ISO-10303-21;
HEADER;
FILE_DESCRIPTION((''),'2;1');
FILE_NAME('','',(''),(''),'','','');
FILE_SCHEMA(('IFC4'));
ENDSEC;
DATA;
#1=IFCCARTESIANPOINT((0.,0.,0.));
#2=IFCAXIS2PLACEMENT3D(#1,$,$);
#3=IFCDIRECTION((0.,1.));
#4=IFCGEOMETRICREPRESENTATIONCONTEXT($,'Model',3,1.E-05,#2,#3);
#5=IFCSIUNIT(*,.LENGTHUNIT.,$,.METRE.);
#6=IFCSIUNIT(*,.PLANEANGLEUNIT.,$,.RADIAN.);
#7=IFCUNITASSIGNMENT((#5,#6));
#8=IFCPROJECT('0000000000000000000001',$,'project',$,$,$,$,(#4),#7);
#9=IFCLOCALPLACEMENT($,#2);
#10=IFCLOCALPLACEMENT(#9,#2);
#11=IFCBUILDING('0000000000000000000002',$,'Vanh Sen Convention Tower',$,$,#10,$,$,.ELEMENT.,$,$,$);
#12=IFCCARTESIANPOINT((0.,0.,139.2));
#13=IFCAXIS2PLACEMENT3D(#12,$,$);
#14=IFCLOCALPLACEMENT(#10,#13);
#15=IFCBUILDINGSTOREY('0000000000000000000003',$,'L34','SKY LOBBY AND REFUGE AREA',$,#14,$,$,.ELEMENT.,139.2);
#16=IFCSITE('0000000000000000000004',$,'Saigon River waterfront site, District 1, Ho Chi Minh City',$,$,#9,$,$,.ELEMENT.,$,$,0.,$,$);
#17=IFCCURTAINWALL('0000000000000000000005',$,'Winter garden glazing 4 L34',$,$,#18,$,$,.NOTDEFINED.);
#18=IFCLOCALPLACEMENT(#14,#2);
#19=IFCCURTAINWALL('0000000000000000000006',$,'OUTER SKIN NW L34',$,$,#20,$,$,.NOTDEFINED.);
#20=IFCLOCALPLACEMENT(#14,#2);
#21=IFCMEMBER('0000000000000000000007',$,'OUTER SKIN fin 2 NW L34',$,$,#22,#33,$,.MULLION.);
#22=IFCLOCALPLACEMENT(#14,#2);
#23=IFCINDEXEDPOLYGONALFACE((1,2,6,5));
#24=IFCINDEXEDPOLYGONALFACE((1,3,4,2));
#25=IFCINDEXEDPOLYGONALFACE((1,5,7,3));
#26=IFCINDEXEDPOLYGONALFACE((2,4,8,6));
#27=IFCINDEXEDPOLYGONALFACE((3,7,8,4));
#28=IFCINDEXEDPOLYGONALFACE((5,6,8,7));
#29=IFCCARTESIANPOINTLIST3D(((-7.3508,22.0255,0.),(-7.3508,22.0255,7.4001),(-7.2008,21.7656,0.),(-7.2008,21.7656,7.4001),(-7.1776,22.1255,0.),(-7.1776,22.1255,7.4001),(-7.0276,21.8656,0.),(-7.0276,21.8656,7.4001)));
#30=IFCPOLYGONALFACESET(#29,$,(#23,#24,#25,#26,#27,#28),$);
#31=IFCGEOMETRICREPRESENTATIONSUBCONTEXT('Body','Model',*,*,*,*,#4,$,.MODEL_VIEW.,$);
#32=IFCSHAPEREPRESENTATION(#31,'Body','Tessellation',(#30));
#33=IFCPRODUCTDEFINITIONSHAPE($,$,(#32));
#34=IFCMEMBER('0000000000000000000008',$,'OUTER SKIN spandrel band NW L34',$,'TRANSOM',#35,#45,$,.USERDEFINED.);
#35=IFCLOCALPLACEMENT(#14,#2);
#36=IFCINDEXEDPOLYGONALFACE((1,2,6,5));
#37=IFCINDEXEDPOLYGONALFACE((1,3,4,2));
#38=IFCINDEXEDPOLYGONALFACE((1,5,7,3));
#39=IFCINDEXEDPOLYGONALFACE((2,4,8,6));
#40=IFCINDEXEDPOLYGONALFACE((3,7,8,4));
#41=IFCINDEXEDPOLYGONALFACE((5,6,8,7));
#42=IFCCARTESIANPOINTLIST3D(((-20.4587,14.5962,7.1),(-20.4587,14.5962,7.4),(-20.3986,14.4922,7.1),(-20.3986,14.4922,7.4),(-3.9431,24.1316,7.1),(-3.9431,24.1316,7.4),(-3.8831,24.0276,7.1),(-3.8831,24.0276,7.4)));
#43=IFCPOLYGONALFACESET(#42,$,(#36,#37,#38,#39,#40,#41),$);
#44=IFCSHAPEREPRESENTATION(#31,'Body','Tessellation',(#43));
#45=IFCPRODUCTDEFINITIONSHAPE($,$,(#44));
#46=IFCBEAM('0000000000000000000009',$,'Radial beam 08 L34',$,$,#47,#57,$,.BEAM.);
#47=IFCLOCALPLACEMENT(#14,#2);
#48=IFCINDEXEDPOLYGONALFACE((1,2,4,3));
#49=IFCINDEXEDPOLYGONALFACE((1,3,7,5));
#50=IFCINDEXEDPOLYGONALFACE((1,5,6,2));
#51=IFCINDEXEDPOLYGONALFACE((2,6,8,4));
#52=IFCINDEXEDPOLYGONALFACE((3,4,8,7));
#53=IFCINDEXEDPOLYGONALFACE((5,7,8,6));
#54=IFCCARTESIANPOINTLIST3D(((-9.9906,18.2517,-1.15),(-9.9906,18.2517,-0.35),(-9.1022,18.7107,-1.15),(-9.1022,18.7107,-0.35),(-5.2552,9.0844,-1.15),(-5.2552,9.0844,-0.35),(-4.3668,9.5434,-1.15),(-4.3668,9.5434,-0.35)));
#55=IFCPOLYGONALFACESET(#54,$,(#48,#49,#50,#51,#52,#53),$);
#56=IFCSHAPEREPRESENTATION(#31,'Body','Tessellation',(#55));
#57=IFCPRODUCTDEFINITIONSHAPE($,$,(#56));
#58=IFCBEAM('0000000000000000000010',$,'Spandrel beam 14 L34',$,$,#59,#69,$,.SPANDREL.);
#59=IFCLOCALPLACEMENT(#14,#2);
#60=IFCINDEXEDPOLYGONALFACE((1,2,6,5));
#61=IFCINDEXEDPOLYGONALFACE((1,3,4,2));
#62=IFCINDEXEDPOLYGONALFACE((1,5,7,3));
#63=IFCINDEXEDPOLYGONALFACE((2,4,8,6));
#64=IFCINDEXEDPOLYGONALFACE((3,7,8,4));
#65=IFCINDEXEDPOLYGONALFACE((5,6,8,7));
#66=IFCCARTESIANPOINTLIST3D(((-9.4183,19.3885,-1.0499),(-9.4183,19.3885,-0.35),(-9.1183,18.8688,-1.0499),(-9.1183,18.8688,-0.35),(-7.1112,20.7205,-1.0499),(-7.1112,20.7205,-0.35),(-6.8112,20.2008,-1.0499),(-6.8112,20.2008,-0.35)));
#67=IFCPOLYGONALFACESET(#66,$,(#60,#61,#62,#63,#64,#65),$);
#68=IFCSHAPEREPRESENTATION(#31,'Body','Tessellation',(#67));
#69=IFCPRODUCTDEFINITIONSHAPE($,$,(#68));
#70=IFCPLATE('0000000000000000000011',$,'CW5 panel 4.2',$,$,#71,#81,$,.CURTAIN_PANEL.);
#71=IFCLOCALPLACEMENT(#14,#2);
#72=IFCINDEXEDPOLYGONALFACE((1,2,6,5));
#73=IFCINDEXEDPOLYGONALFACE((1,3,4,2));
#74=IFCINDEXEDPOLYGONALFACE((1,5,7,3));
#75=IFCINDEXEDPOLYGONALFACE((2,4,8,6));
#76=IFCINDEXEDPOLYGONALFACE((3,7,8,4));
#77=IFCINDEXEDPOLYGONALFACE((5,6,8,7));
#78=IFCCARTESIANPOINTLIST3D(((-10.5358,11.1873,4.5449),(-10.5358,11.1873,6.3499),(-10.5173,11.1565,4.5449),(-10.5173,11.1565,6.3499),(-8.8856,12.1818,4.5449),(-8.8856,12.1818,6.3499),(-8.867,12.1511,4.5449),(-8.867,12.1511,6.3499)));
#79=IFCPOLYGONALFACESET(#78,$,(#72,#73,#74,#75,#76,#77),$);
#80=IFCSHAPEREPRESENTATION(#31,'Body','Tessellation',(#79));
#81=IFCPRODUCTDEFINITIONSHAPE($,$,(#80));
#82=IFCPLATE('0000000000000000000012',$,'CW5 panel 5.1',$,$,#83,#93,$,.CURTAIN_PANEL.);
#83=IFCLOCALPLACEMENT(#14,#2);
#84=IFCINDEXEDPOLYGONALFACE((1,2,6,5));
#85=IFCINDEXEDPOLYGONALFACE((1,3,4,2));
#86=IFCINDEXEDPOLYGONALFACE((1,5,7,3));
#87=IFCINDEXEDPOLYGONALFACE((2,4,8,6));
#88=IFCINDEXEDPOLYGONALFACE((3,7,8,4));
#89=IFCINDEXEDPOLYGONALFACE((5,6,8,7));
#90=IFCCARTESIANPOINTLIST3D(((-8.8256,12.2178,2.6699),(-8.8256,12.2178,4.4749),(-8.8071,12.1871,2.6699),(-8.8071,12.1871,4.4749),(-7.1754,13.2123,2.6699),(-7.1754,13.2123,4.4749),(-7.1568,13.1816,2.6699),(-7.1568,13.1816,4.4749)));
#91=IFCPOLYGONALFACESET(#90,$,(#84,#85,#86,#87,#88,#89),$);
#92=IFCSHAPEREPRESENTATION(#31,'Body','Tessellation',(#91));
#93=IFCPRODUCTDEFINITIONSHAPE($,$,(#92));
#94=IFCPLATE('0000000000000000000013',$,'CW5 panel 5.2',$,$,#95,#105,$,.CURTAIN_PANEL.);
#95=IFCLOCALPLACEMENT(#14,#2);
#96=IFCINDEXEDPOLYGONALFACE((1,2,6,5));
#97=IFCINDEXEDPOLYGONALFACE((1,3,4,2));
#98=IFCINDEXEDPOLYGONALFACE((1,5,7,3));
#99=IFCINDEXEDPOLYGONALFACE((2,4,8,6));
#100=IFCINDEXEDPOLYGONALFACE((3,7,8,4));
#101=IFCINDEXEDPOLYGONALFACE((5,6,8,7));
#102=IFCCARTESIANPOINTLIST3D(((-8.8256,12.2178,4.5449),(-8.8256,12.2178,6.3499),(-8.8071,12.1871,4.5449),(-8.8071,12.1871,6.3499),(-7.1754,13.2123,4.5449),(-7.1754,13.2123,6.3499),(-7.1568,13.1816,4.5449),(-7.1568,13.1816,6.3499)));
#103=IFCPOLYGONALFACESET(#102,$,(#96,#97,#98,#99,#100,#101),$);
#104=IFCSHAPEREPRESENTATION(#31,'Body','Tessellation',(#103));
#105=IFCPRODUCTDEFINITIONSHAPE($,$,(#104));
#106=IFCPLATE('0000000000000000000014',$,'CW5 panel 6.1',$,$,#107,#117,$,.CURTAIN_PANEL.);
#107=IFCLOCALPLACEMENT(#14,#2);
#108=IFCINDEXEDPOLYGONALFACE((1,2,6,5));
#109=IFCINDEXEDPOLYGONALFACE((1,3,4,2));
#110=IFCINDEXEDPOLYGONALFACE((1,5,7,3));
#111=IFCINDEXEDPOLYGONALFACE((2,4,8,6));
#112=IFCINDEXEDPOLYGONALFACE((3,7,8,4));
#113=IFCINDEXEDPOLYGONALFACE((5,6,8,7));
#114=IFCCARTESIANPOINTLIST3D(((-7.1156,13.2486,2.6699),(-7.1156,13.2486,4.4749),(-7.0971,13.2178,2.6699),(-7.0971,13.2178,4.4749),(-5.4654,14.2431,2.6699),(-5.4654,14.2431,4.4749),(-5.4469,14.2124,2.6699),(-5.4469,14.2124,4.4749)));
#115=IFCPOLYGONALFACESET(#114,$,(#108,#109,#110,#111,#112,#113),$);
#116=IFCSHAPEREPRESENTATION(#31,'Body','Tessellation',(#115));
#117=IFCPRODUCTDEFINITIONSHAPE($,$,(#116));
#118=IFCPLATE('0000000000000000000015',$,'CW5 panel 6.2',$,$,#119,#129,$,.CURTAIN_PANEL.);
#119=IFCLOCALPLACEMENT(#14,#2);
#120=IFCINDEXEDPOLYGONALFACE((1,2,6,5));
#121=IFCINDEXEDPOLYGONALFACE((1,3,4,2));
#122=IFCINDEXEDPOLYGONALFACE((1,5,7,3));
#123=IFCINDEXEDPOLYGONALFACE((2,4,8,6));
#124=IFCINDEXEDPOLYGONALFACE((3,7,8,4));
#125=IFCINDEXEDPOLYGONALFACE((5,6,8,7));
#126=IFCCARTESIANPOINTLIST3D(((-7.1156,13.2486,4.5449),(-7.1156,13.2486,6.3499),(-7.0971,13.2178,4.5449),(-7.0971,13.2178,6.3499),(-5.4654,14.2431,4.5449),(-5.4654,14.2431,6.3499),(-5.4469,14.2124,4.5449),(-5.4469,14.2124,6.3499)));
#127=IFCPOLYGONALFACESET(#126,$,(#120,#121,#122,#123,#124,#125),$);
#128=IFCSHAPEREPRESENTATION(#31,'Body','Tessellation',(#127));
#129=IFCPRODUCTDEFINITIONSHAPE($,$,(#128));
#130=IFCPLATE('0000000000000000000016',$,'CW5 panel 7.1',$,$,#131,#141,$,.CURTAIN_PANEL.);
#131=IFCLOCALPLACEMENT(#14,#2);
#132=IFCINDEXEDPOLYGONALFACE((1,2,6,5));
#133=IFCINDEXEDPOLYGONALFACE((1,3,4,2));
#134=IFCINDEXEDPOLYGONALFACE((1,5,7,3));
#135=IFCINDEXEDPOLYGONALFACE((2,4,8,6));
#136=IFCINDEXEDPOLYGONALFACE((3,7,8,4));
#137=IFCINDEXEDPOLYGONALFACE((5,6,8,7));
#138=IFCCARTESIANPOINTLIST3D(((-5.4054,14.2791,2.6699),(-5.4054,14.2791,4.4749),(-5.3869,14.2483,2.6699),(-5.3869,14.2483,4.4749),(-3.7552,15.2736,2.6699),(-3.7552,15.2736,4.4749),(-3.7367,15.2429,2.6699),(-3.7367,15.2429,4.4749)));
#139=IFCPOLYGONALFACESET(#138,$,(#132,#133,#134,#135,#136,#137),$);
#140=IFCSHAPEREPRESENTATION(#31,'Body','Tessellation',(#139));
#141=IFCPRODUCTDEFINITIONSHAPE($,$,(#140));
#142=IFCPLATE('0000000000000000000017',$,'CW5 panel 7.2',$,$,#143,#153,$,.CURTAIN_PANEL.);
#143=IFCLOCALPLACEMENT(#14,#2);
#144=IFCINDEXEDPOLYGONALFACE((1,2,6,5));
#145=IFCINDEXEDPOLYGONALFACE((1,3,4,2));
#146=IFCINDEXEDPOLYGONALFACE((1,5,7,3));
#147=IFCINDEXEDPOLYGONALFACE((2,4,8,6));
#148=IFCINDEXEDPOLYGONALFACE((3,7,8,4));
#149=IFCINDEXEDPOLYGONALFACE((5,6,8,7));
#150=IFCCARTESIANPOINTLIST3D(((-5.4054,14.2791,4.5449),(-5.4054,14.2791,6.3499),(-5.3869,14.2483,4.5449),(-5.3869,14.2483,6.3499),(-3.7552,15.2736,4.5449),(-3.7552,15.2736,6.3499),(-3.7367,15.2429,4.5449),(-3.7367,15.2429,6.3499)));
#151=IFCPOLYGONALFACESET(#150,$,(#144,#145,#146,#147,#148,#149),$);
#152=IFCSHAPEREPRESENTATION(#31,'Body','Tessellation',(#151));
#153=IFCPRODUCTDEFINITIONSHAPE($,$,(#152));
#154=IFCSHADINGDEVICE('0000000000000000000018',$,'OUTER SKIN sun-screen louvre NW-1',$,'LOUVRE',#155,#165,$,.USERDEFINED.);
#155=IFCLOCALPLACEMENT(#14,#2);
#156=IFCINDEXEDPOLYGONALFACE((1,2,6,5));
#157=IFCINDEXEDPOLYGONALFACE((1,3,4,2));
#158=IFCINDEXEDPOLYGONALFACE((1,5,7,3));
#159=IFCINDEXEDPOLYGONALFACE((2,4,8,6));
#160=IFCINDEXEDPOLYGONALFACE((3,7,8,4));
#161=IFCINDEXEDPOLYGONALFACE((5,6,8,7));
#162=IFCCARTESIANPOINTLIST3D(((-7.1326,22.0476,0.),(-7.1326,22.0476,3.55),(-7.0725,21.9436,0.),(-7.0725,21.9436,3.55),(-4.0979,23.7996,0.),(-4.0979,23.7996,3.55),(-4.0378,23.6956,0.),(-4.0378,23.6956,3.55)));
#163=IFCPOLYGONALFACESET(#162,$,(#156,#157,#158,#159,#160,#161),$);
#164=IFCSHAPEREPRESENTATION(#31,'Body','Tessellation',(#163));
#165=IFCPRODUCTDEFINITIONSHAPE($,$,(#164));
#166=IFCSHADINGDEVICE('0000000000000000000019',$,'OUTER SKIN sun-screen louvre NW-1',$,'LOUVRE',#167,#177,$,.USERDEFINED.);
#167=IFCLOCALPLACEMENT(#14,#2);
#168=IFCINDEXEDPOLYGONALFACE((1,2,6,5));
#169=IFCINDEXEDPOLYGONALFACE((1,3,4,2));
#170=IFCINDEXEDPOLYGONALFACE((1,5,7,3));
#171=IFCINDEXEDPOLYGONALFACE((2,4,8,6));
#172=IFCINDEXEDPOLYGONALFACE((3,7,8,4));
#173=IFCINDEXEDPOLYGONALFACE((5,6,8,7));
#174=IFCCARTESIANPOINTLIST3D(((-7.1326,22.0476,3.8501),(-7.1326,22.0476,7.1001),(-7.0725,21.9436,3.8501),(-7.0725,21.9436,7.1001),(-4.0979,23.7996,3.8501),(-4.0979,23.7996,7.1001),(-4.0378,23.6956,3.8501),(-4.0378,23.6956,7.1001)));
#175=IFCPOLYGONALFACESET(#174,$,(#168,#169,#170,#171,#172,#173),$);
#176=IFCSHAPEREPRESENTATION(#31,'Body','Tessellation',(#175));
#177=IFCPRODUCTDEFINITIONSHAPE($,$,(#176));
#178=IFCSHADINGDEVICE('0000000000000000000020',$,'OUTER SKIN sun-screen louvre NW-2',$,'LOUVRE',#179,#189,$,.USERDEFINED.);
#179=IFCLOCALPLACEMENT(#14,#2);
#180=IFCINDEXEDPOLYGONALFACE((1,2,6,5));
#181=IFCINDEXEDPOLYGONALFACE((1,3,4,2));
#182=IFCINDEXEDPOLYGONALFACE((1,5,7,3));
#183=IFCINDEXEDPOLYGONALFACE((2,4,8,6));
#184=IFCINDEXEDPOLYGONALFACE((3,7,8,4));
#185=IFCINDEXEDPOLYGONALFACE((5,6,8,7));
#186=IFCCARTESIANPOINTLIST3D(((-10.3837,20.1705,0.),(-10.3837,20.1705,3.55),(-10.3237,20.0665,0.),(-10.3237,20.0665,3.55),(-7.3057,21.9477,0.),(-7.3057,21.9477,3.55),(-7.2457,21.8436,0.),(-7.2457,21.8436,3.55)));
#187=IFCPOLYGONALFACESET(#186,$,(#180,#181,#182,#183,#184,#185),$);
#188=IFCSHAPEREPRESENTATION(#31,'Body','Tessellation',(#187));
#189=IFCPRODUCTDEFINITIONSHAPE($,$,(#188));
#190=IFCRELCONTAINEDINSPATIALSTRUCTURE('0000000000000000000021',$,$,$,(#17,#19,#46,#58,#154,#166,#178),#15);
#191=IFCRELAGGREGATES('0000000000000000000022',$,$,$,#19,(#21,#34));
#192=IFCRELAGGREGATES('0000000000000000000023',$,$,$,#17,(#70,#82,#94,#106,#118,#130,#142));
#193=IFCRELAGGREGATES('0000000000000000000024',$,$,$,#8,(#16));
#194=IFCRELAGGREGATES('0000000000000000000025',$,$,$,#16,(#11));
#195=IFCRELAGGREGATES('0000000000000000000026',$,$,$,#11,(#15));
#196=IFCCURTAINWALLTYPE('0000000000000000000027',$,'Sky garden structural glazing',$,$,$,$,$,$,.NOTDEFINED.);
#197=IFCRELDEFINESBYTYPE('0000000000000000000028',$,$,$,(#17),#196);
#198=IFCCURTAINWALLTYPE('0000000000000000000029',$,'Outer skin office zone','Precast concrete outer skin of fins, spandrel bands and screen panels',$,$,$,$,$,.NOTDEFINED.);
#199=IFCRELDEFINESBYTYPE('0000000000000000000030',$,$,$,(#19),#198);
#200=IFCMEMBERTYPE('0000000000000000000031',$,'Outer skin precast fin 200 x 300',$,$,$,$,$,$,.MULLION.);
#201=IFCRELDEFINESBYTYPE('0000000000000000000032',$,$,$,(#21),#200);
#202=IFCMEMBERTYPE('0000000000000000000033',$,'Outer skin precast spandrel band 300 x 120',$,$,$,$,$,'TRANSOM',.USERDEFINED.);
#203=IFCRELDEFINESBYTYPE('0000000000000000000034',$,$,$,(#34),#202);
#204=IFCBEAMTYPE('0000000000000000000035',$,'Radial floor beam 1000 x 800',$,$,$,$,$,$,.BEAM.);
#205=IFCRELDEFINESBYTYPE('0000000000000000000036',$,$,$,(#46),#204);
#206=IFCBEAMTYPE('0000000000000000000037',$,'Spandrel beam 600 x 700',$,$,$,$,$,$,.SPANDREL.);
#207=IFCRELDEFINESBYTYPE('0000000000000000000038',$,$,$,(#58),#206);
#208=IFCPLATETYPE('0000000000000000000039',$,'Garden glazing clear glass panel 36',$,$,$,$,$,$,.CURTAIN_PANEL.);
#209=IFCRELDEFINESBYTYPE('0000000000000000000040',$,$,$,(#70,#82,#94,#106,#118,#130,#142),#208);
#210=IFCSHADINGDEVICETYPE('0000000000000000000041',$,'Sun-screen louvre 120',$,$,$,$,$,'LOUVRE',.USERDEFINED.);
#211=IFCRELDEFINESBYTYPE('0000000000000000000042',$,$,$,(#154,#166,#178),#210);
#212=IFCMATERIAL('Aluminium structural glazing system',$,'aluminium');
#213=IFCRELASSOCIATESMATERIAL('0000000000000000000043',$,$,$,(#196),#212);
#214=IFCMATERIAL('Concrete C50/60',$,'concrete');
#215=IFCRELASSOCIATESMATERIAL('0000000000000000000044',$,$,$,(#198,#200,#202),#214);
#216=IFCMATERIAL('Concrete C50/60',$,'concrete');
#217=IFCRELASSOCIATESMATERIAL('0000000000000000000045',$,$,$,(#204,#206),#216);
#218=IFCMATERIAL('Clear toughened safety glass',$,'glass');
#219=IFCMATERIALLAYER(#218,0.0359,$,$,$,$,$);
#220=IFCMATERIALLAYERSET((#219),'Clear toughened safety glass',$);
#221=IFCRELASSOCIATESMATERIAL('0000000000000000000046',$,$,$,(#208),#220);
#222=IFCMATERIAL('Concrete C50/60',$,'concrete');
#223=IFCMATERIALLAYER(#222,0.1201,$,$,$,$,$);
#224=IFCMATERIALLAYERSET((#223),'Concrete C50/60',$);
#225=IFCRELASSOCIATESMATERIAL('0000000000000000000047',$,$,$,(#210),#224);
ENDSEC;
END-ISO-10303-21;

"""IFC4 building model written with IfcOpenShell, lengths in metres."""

from ifc_helpers import new_model, si_unit, direction, frame, origin, origin_2d, place, context, subcontext, project, spatial, rectangle, extrude, material, layer, layer_set, material_profile, profile_set, type_object, element, aggregate, save


model = new_model("IFC4")

# Units and contexts
model_context = context("Model", 3, precision=1e-05, world=origin(), true_north=direction((0.0, 1.0)))
body_context = subcontext(model_context, "Body", "Model", "MODEL_VIEW")
ifc_project = project(units=[si_unit("LENGTHUNIT", "METRE"), si_unit("PLANEANGLEUNIT", "RADIAN")], contexts=[model_context])

# Site, building, storey
site_placement = place(None, origin())
site = spatial("IfcSite", under=ifc_project, at=site_placement, Name="Saigon River waterfront site, District 1, Ho Chi Minh City", CompositionType="ELEMENT", RefElevation=0.0)
building_placement = place(site_placement, origin())
building = spatial("IfcBuilding", under=site, at=building_placement, Name="Vanh Sen Convention Tower", CompositionType="ELEMENT")
storey_placement = place(building_placement, frame((0.0, 0.0, 139.2)))
storey = spatial("IfcBuildingStorey", under=building, at=storey_placement, Name="L34", Description="SKY LOBBY AND REFUGE AREA", CompositionType="ELEMENT", Elevation=139.2)

# Curtain walls, members
ifc_material_1 = material(Name="Aluminium structural glazing system", Category="aluminium")
curtain_wall_type_1 = type_object("IfcCurtainWallType", Name="Sky garden structural glazing", PredefinedType="NOTDEFINED", material=ifc_material_1)
curtain_wall_1_placement = place(storey_placement, origin())
curtain_wall_1 = element("IfcCurtainWall", 1, at=curtain_wall_1_placement, inside=storey, type_object=curtain_wall_type_1, Name="Winter garden glazing 4 L34", PredefinedType="NOTDEFINED")
ifc_material_2 = material(Name="Concrete C50/60", Category="concrete")
curtain_wall_type_2 = type_object("IfcCurtainWallType", Name="Outer skin office zone", Description="Precast concrete outer skin of fins, spandrel bands and screen panels", PredefinedType="NOTDEFINED", material=ifc_material_2)
curtain_wall_2_placement = place(storey_placement, origin())
curtain_wall_2 = element("IfcCurtainWall", 2, at=curtain_wall_2_placement, inside=storey, type_object=curtain_wall_type_2, Name="OUTER SKIN NW L34", PredefinedType="NOTDEFINED")
ifc_material_profile_1 = material_profile(ifc_material_2, rectangle(XDim=0.2, YDim=0.3, at=origin_2d()), Name="Outer skin precast fin 200 x 300")
ifc_profile_set_1 = profile_set([ifc_material_profile_1], Name="Concrete C50/60")
member_type_1 = type_object("IfcMemberType", Name="Outer skin precast fin 200 x 300", PredefinedType="MULLION", material=ifc_profile_set_1)
member_1_placement = place(storey_placement, frame((-7.1892, 21.9456, 0.0), z_axis=(0.0, 0.0, 1.0), x_axis=(-0.866025, -0.5, 0.0)))
member_1 = element("IfcMember", 3, at=member_1_placement, type_object=member_type_1, Name="OUTER SKIN fin 2 NW L34", PredefinedType="MULLION", context=body_context, shape_type="SweptSolid", body=[
    extrude(rectangle(XDim=0.2, YDim=0.3, at=origin_2d()), origin(), (0.0, 0.0, 1.0), 7.4001),
])
ifc_material_profile_2 = material_profile(ifc_material_2, rectangle(XDim=0.1201, YDim=0.3, at=origin_2d()), Name="Outer skin precast spandrel band 300 x 120")
ifc_profile_set_2 = profile_set([ifc_material_profile_2], Name="Concrete C50/60")
member_type_2 = type_object("IfcMemberType", Name="Outer skin precast spandrel band 300 x 120", ElementType="TRANSOM", PredefinedType="USERDEFINED", material=ifc_profile_set_2)
member_2_placement = place(storey_placement, frame((-3.9131, 24.0796, 7.25), z_axis=(-0.866023, -0.500004, 0.0), x_axis=(0.500004, -0.866023, 0.0)))
member_2 = element("IfcMember", 4, at=member_2_placement, type_object=member_type_2, Name="OUTER SKIN spandrel band NW L34", ObjectType="TRANSOM", PredefinedType="USERDEFINED", context=body_context, shape_type="SweptSolid", body=[
    extrude(rectangle(XDim=0.1201, YDim=0.3, at=origin_2d()), origin(), (0.0, 0.0, 1.0), 19.0706),
])
aggregate(curtain_wall_2, [member_1, member_2])

# Beams
ifc_material_3 = material(Name="Concrete C50/60", Category="concrete")
ifc_material_profile_3 = material_profile(ifc_material_3, rectangle(XDim=1.0, YDim=0.8, at=origin_2d()), Name="RC 1000X800")
ifc_profile_set_3 = profile_set([ifc_material_profile_3], Name="Concrete C50/60")
beam_type_1 = type_object("IfcBeamType", Name="Radial floor beam 1000 x 800", PredefinedType="BEAM", material=ifc_profile_set_3)
beam_1_placement = place(storey_placement, frame((-9.5464, 18.4812, -0.75), z_axis=(0.458939, -0.888468, 0.0), x_axis=(0.888468, 0.458939, 0.0)))
element("IfcBeam", 5, at=beam_1_placement, inside=storey, type_object=beam_type_1, Name="Radial beam 08 L34", PredefinedType="BEAM", context=body_context, shape_type="SweptSolid", body=[
    extrude(rectangle(XDim=1.0, YDim=0.8, at=origin_2d()), origin(), (0.0, 0.0, 1.0), 10.3181),
])
ifc_material_profile_4 = material_profile(ifc_material_3, rectangle(XDim=0.6001, YDim=0.7, at=origin_2d()), Name="RC 600X700")
ifc_profile_set_4 = profile_set([ifc_material_profile_4], Name="Concrete C50/60")
beam_type_2 = type_object("IfcBeamType", Name="Spandrel beam 600 x 700", PredefinedType="SPANDREL", material=ifc_profile_set_4)
beam_2_placement = place(storey_placement, frame((-6.9612, 20.4607, -0.7), z_axis=(-0.866024, -0.500003, 0.0), x_axis=(0.500003, -0.866024, 0.0)))
element("IfcBeam", 6, at=beam_2_placement, inside=storey, type_object=beam_type_2, Name="Spandrel beam 14 L34", PredefinedType="SPANDREL", context=body_context, shape_type="SweptSolid", body=[
    extrude(rectangle(XDim=0.6001, YDim=0.7, at=origin_2d()), origin(), (0.0, 0.0, 1.0), 2.6641),
])

# Plates
ifc_material_4 = material(Name="Clear toughened safety glass", Category="glass")
ifc_layer_1 = layer(ifc_material_4, 0.0359)
ifc_layer_set_1 = layer_set([ifc_layer_1], Name="Clear toughened safety glass")
plate_type = type_object("IfcPlateType", Name="Garden glazing clear glass panel 36", PredefinedType="CURTAIN_PANEL", material=ifc_layer_set_1)
plate_1_placement = place(storey_placement, frame((-9.7014, 11.6692, 4.5449), z_axis=(0.0, 0.0, 1.0), x_axis=(0.856483, 0.516176, 0.0)))
plate_1 = element("IfcPlate", 7, at=plate_1_placement, type_object=plate_type, Name="CW5 panel 4.2", PredefinedType="CURTAIN_PANEL", context=body_context, shape_type="SweptSolid", body=[
    extrude(rectangle(XDim=1.9268, YDim=0.0359, at=origin_2d()), origin(), (0.0, 0.0, 1.0), 1.8049),
])
plate_2_placement = place(storey_placement, frame((-7.9912, 12.6997, 2.6699), z_axis=(0.0, 0.0, 1.0), x_axis=(0.856483, 0.516176, 0.0)))
plate_2 = element("IfcPlate", 8, at=plate_2_placement, type_object=plate_type, Name="CW5 panel 5.1", PredefinedType="CURTAIN_PANEL", context=body_context, shape_type="SweptSolid", body=[
    extrude(rectangle(XDim=1.9268, YDim=0.0359, at=origin_2d()), origin(), (0.0, 0.0, 1.0), 1.8049),
])
plate_3_placement = place(storey_placement, frame((-7.9912, 12.6997, 4.5449), z_axis=(0.0, 0.0, 1.0), x_axis=(0.856483, 0.516176, 0.0)))
plate_3 = element("IfcPlate", 9, at=plate_3_placement, type_object=plate_type, Name="CW5 panel 5.2", PredefinedType="CURTAIN_PANEL", context=body_context, shape_type="SweptSolid", body=[
    extrude(rectangle(XDim=1.9268, YDim=0.0359, at=origin_2d()), origin(), (0.0, 0.0, 1.0), 1.8049),
])
plate_4_placement = place(storey_placement, frame((-6.2812, 13.7305, 2.6699), z_axis=(0.0, 0.0, 1.0), x_axis=(0.856483, 0.516176, 0.0)))
plate_4 = element("IfcPlate", 10, at=plate_4_placement, type_object=plate_type, Name="CW5 panel 6.1", PredefinedType="CURTAIN_PANEL", context=body_context, shape_type="SweptSolid", body=[
    extrude(rectangle(XDim=1.9268, YDim=0.0359, at=origin_2d()), origin(), (0.0, 0.0, 1.0), 1.8049),
])
plate_5_placement = place(storey_placement, frame((-6.2812, 13.7305, 4.5449), z_axis=(0.0, 0.0, 1.0), x_axis=(0.856483, 0.516176, 0.0)))
plate_5 = element("IfcPlate", 11, at=plate_5_placement, type_object=plate_type, Name="CW5 panel 6.2", PredefinedType="CURTAIN_PANEL", context=body_context, shape_type="SweptSolid", body=[
    extrude(rectangle(XDim=1.9268, YDim=0.0359, at=origin_2d()), origin(), (0.0, 0.0, 1.0), 1.8049),
])
plate_6_placement = place(storey_placement, frame((-4.571, 14.761, 2.6699), z_axis=(0.0, 0.0, 1.0), x_axis=(0.856483, 0.516176, 0.0)))
plate_6 = element("IfcPlate", 12, at=plate_6_placement, type_object=plate_type, Name="CW5 panel 7.1", PredefinedType="CURTAIN_PANEL", context=body_context, shape_type="SweptSolid", body=[
    extrude(rectangle(XDim=1.9268, YDim=0.0359, at=origin_2d()), origin(), (0.0, 0.0, 1.0), 1.8049),
])
plate_7_placement = place(storey_placement, frame((-4.571, 14.761, 4.5449), z_axis=(0.0, 0.0, 1.0), x_axis=(0.856483, 0.516176, 0.0)))
plate_7 = element("IfcPlate", 13, at=plate_7_placement, type_object=plate_type, Name="CW5 panel 7.2", PredefinedType="CURTAIN_PANEL", context=body_context, shape_type="SweptSolid", body=[
    extrude(rectangle(XDim=1.9268, YDim=0.0359, at=origin_2d()), origin(), (0.0, 0.0, 1.0), 1.8049),
])
aggregate(curtain_wall_1, [plate_1, plate_2, plate_3, plate_4, plate_5, plate_6, plate_7])

# Shading devices
ifc_material_5 = material(Name="Concrete C50/60", Category="concrete")
ifc_layer_2 = layer(ifc_material_5, 0.1201)
ifc_layer_set_2 = layer_set([ifc_layer_2], Name="Concrete C50/60")
shading_device_type = type_object("IfcShadingDeviceType", Name="Sun-screen louvre 120", ElementType="LOUVRE", PredefinedType="USERDEFINED", material=ifc_layer_set_2)
shading_device_1_placement = place(storey_placement, frame((-5.5852, 22.8716, 0.0), z_axis=(0.0, 0.0, 1.0), x_axis=(-0.866035, -0.499983, 0.0)))
element("IfcShadingDevice", 14, at=shading_device_1_placement, inside=storey, type_object=shading_device_type, Name="OUTER SKIN sun-screen louvre NW-1", ObjectType="LOUVRE", PredefinedType="USERDEFINED", context=body_context, shape_type="SweptSolid", body=[
    extrude(rectangle(XDim=3.5042, YDim=0.1201, at=origin_2d()), origin(), (0.0, 0.0, 1.0), 3.55),
])
shading_device_2_placement = place(storey_placement, frame((-5.5852, 22.8716, 3.8501), z_axis=(0.0, 0.0, 1.0), x_axis=(-0.866035, -0.499983, 0.0)))
element("IfcShadingDevice", 15, at=shading_device_2_placement, inside=storey, type_object=shading_device_type, Name="OUTER SKIN sun-screen louvre NW-1", ObjectType="LOUVRE", PredefinedType="USERDEFINED", context=body_context, shape_type="SweptSolid", body=[
    extrude(rectangle(XDim=3.5042, YDim=0.1201, at=origin_2d()), origin(), (0.0, 0.0, 1.0), 3.25),
])
shading_device_3_placement = place(storey_placement, frame((-8.8147, 21.0071, 0.0), z_axis=(0.0, 0.0, 1.0), x_axis=(-0.866017, -0.500015, 0.0)))
element("IfcShadingDevice", 16, at=shading_device_3_placement, inside=storey, type_object=shading_device_type, Name="OUTER SKIN sun-screen louvre NW-2", ObjectType="LOUVRE", PredefinedType="USERDEFINED", context=body_context, shape_type="SweptSolid", body=[
    extrude(rectangle(XDim=3.5542, YDim=0.1201, at=origin_2d()), origin(), (0.0, 0.0, 1.0), 3.55),
])

save(model, "model.ifc")
